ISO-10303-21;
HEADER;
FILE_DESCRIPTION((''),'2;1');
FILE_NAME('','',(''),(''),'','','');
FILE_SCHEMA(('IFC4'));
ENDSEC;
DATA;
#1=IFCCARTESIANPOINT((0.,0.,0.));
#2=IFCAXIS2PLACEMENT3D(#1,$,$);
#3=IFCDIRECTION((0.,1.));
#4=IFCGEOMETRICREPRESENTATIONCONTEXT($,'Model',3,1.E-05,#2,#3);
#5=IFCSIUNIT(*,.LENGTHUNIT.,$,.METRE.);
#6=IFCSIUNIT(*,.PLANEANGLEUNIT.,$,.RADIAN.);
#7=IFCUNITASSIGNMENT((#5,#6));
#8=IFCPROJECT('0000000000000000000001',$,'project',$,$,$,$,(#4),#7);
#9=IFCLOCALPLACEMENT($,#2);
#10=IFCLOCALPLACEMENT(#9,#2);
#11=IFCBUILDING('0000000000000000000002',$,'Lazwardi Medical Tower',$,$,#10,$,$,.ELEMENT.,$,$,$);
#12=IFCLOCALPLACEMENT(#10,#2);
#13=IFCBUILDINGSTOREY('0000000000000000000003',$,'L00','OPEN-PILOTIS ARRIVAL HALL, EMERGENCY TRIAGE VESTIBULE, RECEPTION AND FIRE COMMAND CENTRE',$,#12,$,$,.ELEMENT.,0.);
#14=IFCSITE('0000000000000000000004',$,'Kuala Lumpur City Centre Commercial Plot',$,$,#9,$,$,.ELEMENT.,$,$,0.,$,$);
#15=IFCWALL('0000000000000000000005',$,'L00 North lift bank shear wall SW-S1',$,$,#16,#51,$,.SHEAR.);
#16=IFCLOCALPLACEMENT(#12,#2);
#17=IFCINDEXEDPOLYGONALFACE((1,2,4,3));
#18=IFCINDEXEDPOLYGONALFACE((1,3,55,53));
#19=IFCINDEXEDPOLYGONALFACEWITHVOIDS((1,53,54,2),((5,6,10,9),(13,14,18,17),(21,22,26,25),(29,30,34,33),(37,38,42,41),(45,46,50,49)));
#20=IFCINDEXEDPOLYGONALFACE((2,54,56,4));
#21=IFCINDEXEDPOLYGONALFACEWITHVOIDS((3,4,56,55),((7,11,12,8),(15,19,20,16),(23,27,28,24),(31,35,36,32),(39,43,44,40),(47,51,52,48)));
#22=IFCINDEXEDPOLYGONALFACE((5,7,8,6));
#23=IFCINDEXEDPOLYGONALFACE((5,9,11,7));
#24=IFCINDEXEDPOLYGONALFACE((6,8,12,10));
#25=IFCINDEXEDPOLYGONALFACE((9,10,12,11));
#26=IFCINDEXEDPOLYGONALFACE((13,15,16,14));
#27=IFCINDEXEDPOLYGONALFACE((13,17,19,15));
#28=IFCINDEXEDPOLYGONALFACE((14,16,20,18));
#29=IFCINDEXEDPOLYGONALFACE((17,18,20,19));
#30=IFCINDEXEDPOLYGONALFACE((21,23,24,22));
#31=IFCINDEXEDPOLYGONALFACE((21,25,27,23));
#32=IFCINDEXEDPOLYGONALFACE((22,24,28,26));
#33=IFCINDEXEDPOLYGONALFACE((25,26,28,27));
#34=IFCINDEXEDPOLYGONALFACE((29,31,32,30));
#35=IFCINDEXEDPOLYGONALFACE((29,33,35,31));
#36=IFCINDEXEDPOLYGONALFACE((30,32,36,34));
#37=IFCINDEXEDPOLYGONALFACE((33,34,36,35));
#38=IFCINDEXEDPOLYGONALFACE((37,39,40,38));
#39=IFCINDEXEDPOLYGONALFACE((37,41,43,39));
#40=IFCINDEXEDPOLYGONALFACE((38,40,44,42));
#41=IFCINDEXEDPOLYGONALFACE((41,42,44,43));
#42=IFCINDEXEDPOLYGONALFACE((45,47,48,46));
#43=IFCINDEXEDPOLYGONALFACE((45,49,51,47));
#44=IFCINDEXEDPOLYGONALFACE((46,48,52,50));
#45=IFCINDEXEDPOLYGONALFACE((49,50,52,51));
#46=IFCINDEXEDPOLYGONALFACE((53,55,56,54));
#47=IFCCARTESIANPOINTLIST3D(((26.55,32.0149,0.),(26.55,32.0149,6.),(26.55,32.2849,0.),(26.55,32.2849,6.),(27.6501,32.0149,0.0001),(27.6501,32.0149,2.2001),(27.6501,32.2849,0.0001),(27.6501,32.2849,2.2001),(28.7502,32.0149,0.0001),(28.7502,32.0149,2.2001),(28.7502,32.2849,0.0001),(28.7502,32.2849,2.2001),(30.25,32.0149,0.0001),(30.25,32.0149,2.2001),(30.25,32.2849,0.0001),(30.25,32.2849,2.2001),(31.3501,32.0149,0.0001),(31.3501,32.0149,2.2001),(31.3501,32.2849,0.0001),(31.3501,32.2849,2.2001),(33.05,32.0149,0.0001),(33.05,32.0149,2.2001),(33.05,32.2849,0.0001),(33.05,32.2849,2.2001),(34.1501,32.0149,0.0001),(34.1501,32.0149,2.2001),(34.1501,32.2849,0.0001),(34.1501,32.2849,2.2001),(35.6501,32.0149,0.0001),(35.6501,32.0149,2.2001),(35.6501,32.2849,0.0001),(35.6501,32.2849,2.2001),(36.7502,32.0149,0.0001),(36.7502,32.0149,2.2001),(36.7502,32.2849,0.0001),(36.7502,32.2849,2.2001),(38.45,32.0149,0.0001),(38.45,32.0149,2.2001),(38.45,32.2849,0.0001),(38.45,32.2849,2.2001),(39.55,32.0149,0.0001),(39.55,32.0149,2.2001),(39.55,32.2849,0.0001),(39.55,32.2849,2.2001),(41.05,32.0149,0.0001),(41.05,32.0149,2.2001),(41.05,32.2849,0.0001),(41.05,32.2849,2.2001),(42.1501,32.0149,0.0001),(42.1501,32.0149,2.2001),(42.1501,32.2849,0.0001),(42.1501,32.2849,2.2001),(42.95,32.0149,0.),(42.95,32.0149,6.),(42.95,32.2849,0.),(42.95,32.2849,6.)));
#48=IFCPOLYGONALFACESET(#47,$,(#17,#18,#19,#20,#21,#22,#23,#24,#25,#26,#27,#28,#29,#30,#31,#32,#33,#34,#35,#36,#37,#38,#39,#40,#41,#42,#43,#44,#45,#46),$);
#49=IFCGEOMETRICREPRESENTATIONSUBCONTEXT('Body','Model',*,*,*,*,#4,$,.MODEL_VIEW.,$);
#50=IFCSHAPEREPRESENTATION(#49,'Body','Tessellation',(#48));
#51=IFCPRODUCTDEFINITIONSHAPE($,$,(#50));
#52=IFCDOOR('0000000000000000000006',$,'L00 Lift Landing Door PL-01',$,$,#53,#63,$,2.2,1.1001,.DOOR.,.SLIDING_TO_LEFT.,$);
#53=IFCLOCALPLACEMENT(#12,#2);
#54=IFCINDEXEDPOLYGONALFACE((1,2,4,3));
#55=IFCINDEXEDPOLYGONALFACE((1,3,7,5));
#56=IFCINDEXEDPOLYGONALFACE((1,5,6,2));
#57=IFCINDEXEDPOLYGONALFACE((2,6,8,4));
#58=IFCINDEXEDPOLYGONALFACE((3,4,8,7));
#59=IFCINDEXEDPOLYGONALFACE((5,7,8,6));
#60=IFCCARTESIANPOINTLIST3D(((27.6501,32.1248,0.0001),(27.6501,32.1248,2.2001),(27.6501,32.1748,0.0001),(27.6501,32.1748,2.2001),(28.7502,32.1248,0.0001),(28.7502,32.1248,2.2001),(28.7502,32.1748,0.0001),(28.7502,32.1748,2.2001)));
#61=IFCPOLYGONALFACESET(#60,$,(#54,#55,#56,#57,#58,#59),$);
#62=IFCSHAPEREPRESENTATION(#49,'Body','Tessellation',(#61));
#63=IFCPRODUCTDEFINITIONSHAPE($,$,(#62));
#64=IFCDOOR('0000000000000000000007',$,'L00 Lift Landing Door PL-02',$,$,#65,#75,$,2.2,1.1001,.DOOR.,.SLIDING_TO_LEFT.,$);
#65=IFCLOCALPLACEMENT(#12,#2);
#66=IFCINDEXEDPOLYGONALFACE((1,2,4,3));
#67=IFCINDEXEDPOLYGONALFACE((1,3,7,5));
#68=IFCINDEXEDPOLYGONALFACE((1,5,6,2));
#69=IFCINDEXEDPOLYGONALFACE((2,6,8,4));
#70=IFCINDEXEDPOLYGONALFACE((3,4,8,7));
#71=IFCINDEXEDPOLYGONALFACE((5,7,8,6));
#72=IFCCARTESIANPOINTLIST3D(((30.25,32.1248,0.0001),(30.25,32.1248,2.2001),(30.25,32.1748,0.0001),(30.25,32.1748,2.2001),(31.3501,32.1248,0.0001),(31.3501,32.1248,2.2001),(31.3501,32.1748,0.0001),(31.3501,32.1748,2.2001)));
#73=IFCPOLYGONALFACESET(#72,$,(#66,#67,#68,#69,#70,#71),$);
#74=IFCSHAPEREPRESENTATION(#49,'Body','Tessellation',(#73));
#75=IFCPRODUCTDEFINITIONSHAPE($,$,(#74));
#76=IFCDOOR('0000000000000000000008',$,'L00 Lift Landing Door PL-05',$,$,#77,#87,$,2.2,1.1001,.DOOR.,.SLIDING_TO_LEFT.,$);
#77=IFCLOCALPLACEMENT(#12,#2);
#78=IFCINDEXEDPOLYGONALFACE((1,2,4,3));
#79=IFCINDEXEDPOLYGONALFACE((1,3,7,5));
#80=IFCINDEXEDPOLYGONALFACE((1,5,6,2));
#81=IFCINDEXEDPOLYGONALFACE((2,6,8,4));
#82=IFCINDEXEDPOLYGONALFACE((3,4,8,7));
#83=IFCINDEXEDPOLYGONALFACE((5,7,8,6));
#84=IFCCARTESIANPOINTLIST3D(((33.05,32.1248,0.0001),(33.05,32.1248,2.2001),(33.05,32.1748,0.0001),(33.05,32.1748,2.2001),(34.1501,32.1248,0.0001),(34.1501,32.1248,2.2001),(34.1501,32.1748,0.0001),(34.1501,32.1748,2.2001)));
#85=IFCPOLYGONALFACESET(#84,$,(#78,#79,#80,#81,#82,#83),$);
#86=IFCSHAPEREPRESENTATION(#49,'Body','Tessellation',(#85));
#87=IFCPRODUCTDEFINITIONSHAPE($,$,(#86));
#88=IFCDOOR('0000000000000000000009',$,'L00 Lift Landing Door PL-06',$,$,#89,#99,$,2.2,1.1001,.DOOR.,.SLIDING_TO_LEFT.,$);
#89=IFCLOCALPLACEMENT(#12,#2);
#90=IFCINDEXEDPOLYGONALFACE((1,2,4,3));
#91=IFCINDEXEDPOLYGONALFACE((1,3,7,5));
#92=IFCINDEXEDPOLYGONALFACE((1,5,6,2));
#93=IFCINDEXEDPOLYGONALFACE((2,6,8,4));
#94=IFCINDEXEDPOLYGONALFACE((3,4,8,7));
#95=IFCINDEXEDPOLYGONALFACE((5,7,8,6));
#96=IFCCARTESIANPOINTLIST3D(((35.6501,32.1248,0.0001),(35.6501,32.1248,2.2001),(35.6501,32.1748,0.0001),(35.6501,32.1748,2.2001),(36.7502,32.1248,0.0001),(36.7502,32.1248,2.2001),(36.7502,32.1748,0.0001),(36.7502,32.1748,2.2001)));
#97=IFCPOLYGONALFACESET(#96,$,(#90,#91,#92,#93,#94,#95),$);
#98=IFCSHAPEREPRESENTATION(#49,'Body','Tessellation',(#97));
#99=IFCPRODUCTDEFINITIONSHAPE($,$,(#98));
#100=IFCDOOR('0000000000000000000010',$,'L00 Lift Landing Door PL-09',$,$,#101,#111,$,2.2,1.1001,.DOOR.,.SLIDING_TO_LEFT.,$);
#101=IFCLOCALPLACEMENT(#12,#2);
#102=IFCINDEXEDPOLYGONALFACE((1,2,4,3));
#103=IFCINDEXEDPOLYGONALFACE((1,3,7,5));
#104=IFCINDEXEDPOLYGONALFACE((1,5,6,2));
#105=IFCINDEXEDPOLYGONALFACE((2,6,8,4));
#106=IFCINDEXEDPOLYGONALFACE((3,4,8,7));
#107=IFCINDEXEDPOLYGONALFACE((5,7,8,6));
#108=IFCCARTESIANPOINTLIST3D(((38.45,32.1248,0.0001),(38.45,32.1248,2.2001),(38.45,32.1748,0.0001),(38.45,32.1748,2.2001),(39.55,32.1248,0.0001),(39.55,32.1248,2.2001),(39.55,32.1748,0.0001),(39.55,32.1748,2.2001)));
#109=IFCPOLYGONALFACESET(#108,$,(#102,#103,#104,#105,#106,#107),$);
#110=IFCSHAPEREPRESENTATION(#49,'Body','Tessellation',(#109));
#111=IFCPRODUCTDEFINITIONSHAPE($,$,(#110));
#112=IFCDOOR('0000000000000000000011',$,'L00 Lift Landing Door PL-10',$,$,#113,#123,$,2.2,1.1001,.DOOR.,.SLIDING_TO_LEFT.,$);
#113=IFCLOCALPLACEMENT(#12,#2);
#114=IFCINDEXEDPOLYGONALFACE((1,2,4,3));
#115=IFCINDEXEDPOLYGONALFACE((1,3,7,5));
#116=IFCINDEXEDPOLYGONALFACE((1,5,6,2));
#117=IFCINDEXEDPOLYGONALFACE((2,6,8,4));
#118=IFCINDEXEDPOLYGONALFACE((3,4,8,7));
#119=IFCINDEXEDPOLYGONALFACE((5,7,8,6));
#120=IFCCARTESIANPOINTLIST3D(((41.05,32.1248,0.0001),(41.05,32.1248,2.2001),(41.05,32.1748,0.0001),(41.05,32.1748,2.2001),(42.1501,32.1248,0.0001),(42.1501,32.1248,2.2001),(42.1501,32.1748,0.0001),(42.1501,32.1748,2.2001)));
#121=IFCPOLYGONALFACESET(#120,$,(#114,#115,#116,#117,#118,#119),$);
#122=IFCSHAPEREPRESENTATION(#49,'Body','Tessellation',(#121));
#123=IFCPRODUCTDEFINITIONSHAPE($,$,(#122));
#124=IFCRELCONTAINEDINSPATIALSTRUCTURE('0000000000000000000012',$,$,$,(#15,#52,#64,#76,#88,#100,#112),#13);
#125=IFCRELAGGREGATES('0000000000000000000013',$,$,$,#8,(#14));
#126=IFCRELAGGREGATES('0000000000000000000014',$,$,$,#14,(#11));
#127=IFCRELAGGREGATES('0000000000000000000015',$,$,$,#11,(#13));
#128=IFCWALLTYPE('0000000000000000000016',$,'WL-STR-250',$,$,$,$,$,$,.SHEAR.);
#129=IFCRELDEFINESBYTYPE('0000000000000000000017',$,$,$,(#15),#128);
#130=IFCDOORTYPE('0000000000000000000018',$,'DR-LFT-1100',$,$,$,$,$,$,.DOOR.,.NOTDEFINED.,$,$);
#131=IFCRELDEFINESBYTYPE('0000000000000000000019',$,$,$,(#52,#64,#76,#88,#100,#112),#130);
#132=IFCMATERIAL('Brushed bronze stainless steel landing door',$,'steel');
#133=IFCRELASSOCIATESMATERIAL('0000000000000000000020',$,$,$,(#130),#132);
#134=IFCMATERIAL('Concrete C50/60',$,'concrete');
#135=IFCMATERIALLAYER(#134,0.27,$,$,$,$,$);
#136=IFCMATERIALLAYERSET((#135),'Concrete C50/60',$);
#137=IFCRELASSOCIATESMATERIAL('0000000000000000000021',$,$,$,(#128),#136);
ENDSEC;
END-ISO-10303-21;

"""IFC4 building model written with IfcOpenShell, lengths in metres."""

from ifc_helpers import new_model, si_unit, direction, frame, frame_2d, origin, place, context, subcontext, project, spatial, rectangle, extrude, material, layer, layer_set, type_object, element, fill, save


model = new_model("IFC4")

# Units and contexts
model_context = context("Model", 3, precision=1e-05, world=origin(), true_north=direction((0.0, 1.0)))
body_context = subcontext(model_context, "Body", "Model", "MODEL_VIEW")
ifc_project = project(units=[si_unit("LENGTHUNIT", "METRE"), si_unit("PLANEANGLEUNIT", "RADIAN")], contexts=[model_context])

# Site, building, storey
site_placement = place(None, origin())
site = spatial("IfcSite", under=ifc_project, at=site_placement, Name="Kuala Lumpur City Centre Commercial Plot", CompositionType="ELEMENT", RefElevation=0.0)
building_placement = place(site_placement, origin())
building = spatial("IfcBuilding", under=site, at=building_placement, Name="Lazwardi Medical Tower", CompositionType="ELEMENT")
storey_placement = place(building_placement, origin())
storey = spatial("IfcBuildingStorey", under=building, at=storey_placement, Name="L00", Description="OPEN-PILOTIS ARRIVAL HALL, EMERGENCY TRIAGE VESTIBULE, RECEPTION AND FIRE COMMAND CENTRE", CompositionType="ELEMENT", Elevation=0.0)

# Shared definitions
ifc_material_1 = material(Name="Brushed bronze stainless steel landing door", Category="steel")
door_type_1 = type_object("IfcDoorType", Name="DR-LFT-1100", OperationType="NOTDEFINED", PredefinedType="DOOR", material=ifc_material_1)

# Shared definitions
ifc_material_2 = material(Name="Concrete C50/60", Category="concrete")
ifc_layer_1 = layer(ifc_material_2, 0.27)
ifc_layer_set_1 = layer_set([ifc_layer_1], Name="Concrete C50/60")
wall_type_1 = type_object("IfcWallType", Name="WL-STR-250", PredefinedType="SHEAR", material=ifc_layer_set_1)

# Wall, openings, doors
wall_1_placement = place(storey_placement, frame((26.55, 32.1499, 0.0), z_axis=(0.0, 0.0, 1.0), x_axis=(1.0, 0.0, 0.0)))
wall_1 = element("IfcWall", 1, at=wall_1_placement, inside=storey, type_object=wall_type_1, Name="L00 North lift bank shear wall SW-S1", PredefinedType="SHEAR", context=body_context, shape_type="SweptSolid", body=[
    extrude(rectangle(XDim=16.3999, YDim=0.27, at=frame_2d((8.2, 0.0))), origin(), (0.0, 0.0, 1.0), 6.0),
])
opening_1_placement = place(wall_1_placement, frame((1.1001, 0.0, 0.0)))
opening_1 = element("IfcOpeningElement", 2, at=opening_1_placement, cuts=wall_1, PredefinedType="OPENING", context=body_context, shape_type="SweptSolid", body=[
    extrude(rectangle(XDim=1.1001, YDim=2.2, at=frame_2d((0.55, 1.1001))), frame((0.0, 0.145, 0.0), z_axis=(0.0, -1.0, 0.0), x_axis=(1.0, 0.0, 0.0)), (0.0, 0.0, 1.0), 0.29),
])
opening_2_placement = place(wall_1_placement, frame((3.7, 0.0, 0.0)))
opening_2 = element("IfcOpeningElement", 3, at=opening_2_placement, cuts=wall_1, PredefinedType="OPENING", context=body_context, shape_type="SweptSolid", body=[
    extrude(rectangle(XDim=1.1001, YDim=2.2, at=frame_2d((0.55, 1.1001))), frame((0.0, 0.145, 0.0), z_axis=(0.0, -1.0, 0.0), x_axis=(1.0, 0.0, 0.0)), (0.0, 0.0, 1.0), 0.29),
])
opening_3_placement = place(wall_1_placement, frame((6.5, 0.0, 0.0)))
opening_3 = element("IfcOpeningElement", 4, at=opening_3_placement, cuts=wall_1, PredefinedType="OPENING", context=body_context, shape_type="SweptSolid", body=[
    extrude(rectangle(XDim=1.1001, YDim=2.2, at=frame_2d((0.55, 1.1001))), frame((0.0, 0.145, 0.0), z_axis=(0.0, -1.0, 0.0), x_axis=(1.0, 0.0, 0.0)), (0.0, 0.0, 1.0), 0.29),
])
opening_4_placement = place(wall_1_placement, frame((9.1001, 0.0, 0.0)))
opening_4 = element("IfcOpeningElement", 5, at=opening_4_placement, cuts=wall_1, PredefinedType="OPENING", context=body_context, shape_type="SweptSolid", body=[
    extrude(rectangle(XDim=1.1001, YDim=2.2, at=frame_2d((0.55, 1.1001))), frame((0.0, 0.145, 0.0), z_axis=(0.0, -1.0, 0.0), x_axis=(1.0, 0.0, 0.0)), (0.0, 0.0, 1.0), 0.29),
])
opening_5_placement = place(wall_1_placement, frame((11.8999, 0.0, 0.0)))
opening_5 = element("IfcOpeningElement", 6, at=opening_5_placement, cuts=wall_1, PredefinedType="OPENING", context=body_context, shape_type="SweptSolid", body=[
    extrude(rectangle(XDim=1.1001, YDim=2.2, at=frame_2d((0.55, 1.1001))), frame((0.0, 0.145, 0.0), z_axis=(0.0, -1.0, 0.0), x_axis=(1.0, 0.0, 0.0)), (0.0, 0.0, 1.0), 0.29),
])
opening_6_placement = place(wall_1_placement, frame((14.5, 0.0, 0.0)))
opening_6 = element("IfcOpeningElement", 7, at=opening_6_placement, cuts=wall_1, PredefinedType="OPENING", context=body_context, shape_type="SweptSolid", body=[
    extrude(rectangle(XDim=1.1001, YDim=2.2, at=frame_2d((0.55, 1.1001))), frame((0.0, 0.145, 0.0), z_axis=(0.0, -1.0, 0.0), x_axis=(1.0, 0.0, 0.0)), (0.0, 0.0, 1.0), 0.29),
])
door_1_placement = place(opening_1_placement, origin())
door_1 = element("IfcDoor", 8, at=door_1_placement, inside=storey, type_object=door_type_1, Name="L00 Lift Landing Door PL-01", OperationType="SLIDING_TO_LEFT", OverallHeight=2.2, OverallWidth=1.1001, PredefinedType="DOOR", context=body_context, shape_type="SweptSolid", body=[
    extrude(rectangle(XDim=1.1001, YDim=2.2, at=frame_2d((0.55, 1.1001))), frame((0.0, 0.0249, 0.0), z_axis=(0.0, -1.0, 0.0), x_axis=(1.0, 0.0, 0.0)), (0.0, 0.0, 1.0), 0.05),
])
fill(opening_1, door_1)
door_2_placement = place(opening_2_placement, origin())
door_2 = element("IfcDoor", 9, at=door_2_placement, inside=storey, type_object=door_type_1, Name="L00 Lift Landing Door PL-02", OperationType="SLIDING_TO_LEFT", OverallHeight=2.2, OverallWidth=1.1001, PredefinedType="DOOR", context=body_context, shape_type="SweptSolid", body=[
    extrude(rectangle(XDim=1.1001, YDim=2.2, at=frame_2d((0.55, 1.1001))), frame((0.0, 0.0249, 0.0), z_axis=(0.0, -1.0, 0.0), x_axis=(1.0, 0.0, 0.0)), (0.0, 0.0, 1.0), 0.05),
])
fill(opening_2, door_2)
door_3_placement = place(opening_3_placement, origin())
door_3 = element("IfcDoor", 10, at=door_3_placement, inside=storey, type_object=door_type_1, Name="L00 Lift Landing Door PL-05", OperationType="SLIDING_TO_LEFT", OverallHeight=2.2, OverallWidth=1.1001, PredefinedType="DOOR", context=body_context, shape_type="SweptSolid", body=[
    extrude(rectangle(XDim=1.1001, YDim=2.2, at=frame_2d((0.55, 1.1001))), frame((0.0, 0.0249, 0.0), z_axis=(0.0, -1.0, 0.0), x_axis=(1.0, 0.0, 0.0)), (0.0, 0.0, 1.0), 0.05),
])
fill(opening_3, door_3)
door_4_placement = place(opening_4_placement, origin())
door_4 = element("IfcDoor", 11, at=door_4_placement, inside=storey, type_object=door_type_1, Name="L00 Lift Landing Door PL-06", OperationType="SLIDING_TO_LEFT", OverallHeight=2.2, OverallWidth=1.1001, PredefinedType="DOOR", context=body_context, shape_type="SweptSolid", body=[
    extrude(rectangle(XDim=1.1001, YDim=2.2, at=frame_2d((0.55, 1.1001))), frame((0.0, 0.0249, 0.0), z_axis=(0.0, -1.0, 0.0), x_axis=(1.0, 0.0, 0.0)), (0.0, 0.0, 1.0), 0.05),
])
fill(opening_4, door_4)
door_5_placement = place(opening_5_placement, origin())
door_5 = element("IfcDoor", 12, at=door_5_placement, inside=storey, type_object=door_type_1, Name="L00 Lift Landing Door PL-09", OperationType="SLIDING_TO_LEFT", OverallHeight=2.2, OverallWidth=1.1001, PredefinedType="DOOR", context=body_context, shape_type="SweptSolid", body=[
    extrude(rectangle(XDim=1.1001, YDim=2.2, at=frame_2d((0.55, 1.1001))), frame((0.0, 0.0249, 0.0), z_axis=(0.0, -1.0, 0.0), x_axis=(1.0, 0.0, 0.0)), (0.0, 0.0, 1.0), 0.05),
])
fill(opening_5, door_5)
door_6_placement = place(opening_6_placement, origin())
door_6 = element("IfcDoor", 13, at=door_6_placement, inside=storey, type_object=door_type_1, Name="L00 Lift Landing Door PL-10", OperationType="SLIDING_TO_LEFT", OverallHeight=2.2, OverallWidth=1.1001, PredefinedType="DOOR", context=body_context, shape_type="SweptSolid", body=[
    extrude(rectangle(XDim=1.1001, YDim=2.2, at=frame_2d((0.55, 1.1001))), frame((0.0, 0.0249, 0.0), z_axis=(0.0, -1.0, 0.0), x_axis=(1.0, 0.0, 0.0)), (0.0, 0.0, 1.0), 0.05),
])
fill(opening_6, door_6)

save(model, "model.ifc")
